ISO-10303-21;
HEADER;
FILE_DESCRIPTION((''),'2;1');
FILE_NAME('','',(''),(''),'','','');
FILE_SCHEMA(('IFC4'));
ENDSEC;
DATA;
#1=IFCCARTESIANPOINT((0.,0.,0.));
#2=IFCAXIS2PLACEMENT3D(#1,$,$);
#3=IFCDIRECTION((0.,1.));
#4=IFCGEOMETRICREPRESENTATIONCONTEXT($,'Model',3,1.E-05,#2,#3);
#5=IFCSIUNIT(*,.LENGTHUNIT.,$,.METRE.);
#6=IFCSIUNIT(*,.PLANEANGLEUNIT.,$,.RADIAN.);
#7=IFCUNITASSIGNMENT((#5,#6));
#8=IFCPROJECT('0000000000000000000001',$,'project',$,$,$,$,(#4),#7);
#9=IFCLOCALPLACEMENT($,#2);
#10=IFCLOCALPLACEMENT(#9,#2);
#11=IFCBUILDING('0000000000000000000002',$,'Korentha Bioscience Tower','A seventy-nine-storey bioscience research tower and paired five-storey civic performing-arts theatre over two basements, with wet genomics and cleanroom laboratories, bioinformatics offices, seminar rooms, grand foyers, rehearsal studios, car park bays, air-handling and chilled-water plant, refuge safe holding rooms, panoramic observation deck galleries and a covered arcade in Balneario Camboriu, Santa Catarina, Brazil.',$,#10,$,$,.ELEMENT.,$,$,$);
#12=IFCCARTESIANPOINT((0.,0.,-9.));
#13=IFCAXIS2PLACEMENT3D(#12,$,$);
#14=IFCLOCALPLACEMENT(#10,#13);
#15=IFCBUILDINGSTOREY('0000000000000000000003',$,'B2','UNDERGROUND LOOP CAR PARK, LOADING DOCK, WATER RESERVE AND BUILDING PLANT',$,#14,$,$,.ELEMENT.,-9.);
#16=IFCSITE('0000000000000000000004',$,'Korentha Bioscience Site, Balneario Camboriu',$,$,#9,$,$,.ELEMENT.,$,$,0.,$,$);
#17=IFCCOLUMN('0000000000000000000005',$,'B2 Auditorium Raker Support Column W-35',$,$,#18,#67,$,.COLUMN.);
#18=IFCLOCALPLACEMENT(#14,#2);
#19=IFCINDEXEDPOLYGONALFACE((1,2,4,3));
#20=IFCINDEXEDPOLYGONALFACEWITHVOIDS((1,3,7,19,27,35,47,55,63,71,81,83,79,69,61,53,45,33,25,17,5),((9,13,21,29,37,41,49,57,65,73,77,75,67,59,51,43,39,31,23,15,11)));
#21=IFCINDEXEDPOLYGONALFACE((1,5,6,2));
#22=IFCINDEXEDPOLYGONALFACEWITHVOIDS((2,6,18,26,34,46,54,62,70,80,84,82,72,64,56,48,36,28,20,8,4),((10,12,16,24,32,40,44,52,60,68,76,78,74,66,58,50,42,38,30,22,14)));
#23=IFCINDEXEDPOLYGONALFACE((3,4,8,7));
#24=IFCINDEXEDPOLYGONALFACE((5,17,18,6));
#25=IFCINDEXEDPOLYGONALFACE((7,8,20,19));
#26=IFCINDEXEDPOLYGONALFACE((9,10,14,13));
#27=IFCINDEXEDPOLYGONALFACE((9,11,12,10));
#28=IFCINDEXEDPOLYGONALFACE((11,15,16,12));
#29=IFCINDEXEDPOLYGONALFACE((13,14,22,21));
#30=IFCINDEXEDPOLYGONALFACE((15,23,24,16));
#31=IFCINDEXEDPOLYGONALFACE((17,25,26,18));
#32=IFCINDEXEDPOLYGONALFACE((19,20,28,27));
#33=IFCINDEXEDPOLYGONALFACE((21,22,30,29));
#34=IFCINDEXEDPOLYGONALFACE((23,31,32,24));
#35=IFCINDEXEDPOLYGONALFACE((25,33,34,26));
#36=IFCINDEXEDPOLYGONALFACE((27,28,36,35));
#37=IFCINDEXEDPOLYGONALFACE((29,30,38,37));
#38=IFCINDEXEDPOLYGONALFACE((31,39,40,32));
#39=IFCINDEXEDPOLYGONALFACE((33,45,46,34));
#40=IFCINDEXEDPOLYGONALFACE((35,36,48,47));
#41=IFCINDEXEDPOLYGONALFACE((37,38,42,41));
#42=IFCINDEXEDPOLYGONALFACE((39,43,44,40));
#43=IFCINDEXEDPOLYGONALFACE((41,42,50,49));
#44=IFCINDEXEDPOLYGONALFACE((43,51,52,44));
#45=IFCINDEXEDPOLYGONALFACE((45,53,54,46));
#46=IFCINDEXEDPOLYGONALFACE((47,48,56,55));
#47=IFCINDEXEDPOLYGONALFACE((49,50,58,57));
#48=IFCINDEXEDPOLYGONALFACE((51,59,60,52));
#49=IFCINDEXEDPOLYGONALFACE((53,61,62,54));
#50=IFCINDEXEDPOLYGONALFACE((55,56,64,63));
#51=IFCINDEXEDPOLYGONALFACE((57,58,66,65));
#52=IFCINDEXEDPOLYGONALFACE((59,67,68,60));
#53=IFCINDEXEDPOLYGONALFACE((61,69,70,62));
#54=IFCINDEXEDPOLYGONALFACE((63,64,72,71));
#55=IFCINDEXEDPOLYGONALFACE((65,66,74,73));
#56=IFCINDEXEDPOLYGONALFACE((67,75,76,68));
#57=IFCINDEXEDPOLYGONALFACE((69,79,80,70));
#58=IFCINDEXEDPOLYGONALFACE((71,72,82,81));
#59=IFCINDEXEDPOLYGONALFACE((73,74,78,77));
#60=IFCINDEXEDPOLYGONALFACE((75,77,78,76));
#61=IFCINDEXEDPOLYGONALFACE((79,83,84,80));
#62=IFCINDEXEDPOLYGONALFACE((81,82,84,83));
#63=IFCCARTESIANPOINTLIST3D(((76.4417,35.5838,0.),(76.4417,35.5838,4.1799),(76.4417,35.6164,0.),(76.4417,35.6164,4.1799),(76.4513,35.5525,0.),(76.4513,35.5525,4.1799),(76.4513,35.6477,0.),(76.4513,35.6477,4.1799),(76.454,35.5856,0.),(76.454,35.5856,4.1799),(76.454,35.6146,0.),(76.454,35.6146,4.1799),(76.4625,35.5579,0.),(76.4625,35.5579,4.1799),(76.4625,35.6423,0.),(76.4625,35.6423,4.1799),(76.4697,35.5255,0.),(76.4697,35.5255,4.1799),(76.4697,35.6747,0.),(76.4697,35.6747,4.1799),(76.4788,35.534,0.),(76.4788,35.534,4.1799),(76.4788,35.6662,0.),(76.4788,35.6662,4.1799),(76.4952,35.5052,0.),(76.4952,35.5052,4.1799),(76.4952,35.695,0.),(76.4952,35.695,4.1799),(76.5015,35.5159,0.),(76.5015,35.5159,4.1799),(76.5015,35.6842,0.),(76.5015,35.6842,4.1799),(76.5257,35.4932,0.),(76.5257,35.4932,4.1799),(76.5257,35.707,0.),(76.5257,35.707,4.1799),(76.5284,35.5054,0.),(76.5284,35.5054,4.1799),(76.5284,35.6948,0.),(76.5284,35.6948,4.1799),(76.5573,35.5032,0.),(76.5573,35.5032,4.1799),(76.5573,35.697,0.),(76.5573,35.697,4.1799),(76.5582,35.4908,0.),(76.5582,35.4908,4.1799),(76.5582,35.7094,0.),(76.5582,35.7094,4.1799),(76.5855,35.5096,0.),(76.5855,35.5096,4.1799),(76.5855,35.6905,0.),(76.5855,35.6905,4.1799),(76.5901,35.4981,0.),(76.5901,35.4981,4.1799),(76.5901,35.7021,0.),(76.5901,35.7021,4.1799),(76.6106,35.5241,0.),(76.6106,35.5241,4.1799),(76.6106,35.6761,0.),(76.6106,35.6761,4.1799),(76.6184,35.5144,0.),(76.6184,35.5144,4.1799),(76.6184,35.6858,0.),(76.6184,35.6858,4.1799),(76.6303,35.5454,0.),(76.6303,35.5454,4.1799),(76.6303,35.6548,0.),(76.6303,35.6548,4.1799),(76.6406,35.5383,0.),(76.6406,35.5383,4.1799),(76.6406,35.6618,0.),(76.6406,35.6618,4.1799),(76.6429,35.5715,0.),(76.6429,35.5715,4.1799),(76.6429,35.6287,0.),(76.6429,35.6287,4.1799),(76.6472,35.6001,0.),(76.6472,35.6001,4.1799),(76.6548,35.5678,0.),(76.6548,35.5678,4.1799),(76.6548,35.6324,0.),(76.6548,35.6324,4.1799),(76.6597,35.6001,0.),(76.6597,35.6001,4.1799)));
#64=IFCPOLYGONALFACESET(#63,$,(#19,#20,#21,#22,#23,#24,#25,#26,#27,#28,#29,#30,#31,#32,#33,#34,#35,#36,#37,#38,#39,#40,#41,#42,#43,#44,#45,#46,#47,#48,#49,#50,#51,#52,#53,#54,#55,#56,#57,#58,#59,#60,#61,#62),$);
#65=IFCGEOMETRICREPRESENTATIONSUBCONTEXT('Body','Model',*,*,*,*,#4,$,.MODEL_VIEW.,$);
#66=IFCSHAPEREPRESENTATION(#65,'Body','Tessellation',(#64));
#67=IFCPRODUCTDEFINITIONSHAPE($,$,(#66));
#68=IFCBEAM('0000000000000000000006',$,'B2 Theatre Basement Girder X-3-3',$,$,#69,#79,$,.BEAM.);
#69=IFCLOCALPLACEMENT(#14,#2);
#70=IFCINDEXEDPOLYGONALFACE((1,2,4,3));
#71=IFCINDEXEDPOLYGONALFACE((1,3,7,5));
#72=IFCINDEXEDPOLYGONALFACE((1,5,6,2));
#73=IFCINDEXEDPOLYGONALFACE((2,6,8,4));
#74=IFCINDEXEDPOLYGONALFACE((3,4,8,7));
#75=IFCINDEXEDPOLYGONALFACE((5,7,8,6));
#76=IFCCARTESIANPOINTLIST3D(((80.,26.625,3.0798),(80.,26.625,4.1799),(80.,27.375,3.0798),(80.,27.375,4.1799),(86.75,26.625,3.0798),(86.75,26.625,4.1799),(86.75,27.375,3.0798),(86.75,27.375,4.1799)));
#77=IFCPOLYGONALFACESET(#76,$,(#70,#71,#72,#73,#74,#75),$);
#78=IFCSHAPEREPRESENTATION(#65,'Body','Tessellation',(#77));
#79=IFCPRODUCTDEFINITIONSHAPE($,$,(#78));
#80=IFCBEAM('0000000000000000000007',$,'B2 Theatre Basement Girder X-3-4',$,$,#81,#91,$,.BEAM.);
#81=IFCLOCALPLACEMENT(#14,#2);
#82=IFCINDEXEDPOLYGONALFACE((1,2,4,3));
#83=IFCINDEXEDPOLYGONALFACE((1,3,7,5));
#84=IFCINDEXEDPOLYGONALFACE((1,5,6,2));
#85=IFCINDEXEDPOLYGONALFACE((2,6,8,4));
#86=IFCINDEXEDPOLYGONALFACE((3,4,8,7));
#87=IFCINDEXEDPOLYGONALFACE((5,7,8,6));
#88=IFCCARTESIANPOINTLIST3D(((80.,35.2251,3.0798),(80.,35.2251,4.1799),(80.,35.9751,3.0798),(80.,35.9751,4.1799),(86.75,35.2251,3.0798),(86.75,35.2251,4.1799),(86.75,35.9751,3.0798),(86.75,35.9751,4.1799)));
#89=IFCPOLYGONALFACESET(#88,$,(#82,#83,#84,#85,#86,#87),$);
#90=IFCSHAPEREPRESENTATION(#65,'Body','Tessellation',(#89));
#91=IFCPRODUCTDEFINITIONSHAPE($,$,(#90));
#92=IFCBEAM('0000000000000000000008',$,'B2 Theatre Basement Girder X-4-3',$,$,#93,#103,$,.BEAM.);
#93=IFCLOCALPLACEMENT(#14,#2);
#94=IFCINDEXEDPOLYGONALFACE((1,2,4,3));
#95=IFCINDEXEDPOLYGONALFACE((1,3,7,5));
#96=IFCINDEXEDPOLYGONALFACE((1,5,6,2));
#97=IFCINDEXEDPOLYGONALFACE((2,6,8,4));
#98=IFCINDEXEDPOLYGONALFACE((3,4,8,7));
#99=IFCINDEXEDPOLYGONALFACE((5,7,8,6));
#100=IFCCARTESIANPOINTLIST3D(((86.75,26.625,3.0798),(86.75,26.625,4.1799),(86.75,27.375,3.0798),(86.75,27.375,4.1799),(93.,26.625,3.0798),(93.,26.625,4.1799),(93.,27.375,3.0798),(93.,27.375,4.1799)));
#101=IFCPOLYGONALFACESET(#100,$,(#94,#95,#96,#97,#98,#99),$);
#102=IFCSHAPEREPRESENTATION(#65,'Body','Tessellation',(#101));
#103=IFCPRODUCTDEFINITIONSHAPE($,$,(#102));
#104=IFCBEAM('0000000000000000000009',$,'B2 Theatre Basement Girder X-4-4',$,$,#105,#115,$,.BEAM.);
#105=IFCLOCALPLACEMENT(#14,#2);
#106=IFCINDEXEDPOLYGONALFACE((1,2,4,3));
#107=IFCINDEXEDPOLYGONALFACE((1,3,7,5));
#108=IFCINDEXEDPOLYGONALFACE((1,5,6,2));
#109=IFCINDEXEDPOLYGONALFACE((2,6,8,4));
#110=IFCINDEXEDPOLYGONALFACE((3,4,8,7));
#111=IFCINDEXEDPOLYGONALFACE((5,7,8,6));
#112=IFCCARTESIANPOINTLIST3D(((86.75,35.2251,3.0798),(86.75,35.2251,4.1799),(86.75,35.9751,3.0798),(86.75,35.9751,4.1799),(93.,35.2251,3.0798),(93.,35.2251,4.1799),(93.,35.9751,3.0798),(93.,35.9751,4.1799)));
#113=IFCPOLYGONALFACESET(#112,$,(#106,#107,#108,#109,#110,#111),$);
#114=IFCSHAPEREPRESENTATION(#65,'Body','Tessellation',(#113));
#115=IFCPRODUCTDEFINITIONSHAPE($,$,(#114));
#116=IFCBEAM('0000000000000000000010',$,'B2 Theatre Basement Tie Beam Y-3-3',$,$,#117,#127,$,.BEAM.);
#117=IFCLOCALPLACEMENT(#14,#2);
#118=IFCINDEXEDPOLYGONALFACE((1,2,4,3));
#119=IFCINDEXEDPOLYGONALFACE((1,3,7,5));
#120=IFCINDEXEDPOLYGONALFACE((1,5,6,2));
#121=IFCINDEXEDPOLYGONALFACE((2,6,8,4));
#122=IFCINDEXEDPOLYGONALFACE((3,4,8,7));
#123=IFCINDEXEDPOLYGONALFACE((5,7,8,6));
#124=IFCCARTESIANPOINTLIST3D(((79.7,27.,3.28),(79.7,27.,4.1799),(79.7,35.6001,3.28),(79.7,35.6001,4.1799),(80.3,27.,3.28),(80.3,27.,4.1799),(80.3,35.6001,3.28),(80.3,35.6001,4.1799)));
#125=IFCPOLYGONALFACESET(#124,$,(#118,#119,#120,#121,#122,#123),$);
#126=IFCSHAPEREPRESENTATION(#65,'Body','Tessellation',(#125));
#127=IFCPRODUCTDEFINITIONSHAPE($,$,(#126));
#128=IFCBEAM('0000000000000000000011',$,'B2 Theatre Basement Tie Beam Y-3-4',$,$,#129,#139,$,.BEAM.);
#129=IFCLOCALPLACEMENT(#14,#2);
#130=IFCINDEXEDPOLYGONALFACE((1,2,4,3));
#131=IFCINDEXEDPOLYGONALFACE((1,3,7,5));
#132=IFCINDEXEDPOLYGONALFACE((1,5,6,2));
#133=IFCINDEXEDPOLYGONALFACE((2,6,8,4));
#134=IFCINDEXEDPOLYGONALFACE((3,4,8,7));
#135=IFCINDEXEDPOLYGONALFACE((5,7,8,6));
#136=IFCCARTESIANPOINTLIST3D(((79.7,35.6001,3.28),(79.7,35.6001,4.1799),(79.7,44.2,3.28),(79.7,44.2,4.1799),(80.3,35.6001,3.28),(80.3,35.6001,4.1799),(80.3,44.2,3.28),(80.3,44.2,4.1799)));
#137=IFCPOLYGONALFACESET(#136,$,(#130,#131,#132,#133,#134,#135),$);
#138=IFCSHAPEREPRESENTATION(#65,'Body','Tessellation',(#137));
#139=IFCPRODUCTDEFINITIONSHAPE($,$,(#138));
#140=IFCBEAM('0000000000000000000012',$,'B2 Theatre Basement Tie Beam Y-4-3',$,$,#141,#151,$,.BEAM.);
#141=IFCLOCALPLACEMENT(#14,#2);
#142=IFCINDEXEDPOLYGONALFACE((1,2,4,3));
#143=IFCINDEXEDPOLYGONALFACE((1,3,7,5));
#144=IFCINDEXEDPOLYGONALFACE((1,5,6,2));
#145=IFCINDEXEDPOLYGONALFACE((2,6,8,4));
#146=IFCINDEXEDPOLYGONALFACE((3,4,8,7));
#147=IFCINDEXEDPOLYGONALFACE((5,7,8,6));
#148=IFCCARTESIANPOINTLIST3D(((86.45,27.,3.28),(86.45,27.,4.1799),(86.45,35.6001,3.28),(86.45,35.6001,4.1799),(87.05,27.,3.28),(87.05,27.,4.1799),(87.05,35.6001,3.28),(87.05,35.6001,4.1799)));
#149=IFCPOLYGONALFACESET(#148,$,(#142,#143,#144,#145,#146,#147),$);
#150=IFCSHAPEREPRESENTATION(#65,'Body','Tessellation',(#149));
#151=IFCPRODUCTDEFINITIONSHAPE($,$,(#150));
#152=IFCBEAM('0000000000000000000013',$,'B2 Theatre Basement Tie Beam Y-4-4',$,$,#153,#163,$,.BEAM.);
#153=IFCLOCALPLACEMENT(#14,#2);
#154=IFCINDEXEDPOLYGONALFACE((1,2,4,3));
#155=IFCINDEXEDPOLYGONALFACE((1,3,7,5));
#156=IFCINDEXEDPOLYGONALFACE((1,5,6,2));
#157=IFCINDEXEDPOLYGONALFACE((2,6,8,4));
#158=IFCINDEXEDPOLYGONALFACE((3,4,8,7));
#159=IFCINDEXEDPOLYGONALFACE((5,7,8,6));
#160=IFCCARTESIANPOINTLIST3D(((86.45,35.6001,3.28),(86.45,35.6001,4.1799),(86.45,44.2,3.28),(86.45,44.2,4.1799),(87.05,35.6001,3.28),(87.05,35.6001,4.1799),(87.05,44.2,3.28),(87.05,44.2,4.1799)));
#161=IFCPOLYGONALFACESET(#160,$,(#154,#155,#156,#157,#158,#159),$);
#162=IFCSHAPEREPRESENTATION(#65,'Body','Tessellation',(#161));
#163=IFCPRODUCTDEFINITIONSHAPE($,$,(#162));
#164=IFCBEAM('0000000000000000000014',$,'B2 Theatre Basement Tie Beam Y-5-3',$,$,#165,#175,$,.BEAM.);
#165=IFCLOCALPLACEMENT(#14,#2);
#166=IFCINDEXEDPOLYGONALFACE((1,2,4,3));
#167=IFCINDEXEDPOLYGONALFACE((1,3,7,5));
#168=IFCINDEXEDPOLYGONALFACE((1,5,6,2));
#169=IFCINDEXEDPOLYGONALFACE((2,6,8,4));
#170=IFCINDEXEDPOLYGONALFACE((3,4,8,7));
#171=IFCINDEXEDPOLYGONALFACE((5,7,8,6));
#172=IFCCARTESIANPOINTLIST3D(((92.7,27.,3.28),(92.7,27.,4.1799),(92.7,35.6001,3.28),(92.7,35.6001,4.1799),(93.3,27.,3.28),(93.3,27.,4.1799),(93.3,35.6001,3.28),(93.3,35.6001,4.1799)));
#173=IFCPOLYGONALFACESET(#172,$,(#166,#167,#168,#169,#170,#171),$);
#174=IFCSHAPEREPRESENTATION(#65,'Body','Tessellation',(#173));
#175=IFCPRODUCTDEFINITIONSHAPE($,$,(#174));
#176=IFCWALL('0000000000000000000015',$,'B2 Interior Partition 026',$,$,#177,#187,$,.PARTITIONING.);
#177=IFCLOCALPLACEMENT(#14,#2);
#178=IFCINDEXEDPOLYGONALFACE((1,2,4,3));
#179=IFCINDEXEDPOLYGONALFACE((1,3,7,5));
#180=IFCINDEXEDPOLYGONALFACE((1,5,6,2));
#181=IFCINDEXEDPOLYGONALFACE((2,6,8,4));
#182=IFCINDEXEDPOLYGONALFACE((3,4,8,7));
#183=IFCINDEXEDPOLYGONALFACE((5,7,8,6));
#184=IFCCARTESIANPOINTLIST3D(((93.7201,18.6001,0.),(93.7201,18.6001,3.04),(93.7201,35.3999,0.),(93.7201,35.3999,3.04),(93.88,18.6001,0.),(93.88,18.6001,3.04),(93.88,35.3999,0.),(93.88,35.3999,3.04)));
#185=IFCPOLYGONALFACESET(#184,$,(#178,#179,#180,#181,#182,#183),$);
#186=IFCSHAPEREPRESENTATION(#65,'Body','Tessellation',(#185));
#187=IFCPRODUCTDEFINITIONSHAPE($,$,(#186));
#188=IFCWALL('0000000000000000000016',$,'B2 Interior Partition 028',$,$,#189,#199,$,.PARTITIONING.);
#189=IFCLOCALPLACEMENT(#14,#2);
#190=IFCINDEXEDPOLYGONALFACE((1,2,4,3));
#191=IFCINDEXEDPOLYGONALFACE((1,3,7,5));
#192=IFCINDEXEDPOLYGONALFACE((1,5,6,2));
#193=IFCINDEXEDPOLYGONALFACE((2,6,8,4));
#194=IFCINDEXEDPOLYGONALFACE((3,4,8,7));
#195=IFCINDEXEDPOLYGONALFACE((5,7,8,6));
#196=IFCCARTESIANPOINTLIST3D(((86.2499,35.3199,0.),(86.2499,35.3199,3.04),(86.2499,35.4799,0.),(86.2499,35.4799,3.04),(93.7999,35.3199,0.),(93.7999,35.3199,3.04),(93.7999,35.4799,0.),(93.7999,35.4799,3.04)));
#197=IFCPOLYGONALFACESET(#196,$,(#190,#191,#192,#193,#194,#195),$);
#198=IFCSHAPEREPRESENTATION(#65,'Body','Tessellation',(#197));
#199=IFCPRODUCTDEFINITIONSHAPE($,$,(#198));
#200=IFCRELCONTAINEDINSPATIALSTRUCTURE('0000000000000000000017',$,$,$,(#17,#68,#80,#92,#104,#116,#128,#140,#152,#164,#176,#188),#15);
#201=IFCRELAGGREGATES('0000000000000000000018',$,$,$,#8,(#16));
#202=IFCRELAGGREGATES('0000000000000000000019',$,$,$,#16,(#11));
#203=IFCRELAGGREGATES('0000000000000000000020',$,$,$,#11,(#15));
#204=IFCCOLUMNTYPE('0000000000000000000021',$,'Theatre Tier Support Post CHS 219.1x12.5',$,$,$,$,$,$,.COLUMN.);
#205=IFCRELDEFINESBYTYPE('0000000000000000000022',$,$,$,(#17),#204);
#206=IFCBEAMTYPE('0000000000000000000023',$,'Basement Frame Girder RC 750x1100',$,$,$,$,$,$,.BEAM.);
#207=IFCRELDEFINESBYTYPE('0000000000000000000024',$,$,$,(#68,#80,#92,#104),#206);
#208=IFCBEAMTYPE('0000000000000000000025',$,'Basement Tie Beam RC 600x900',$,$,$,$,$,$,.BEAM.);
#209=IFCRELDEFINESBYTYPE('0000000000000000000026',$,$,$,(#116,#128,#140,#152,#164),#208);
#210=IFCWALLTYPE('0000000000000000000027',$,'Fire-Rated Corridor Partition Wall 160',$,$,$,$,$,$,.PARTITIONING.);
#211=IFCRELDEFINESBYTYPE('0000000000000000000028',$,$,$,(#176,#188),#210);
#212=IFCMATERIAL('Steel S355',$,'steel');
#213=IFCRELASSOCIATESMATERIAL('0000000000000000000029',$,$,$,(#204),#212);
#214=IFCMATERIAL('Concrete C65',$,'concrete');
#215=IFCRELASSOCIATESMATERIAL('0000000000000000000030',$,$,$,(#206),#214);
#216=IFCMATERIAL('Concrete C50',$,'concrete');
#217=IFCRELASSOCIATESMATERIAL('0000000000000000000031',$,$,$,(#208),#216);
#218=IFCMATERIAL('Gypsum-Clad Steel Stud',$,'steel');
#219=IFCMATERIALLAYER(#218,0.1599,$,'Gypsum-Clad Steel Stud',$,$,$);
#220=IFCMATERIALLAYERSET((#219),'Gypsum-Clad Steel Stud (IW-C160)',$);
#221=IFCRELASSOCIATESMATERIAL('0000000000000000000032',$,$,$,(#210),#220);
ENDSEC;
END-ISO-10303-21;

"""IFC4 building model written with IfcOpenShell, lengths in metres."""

from ifc_helpers import new_model, si_unit, direction, frame, frame_2d, origin, origin_2d, place, context, subcontext, project, spatial, rectangle, hollow_circle, extrude, material, layer, layer_set, material_profile, profile_set, type_object, element, save


model = new_model("IFC4")

# Units and contexts
model_context = context("Model", 3, precision=1e-05, world=origin(), true_north=direction((0.0, 1.0)))
body_context = subcontext(model_context, "Body", "Model", "MODEL_VIEW")
ifc_project = project(units=[si_unit("LENGTHUNIT", "METRE"), si_unit("PLANEANGLEUNIT", "RADIAN")], contexts=[model_context])

# Site, building, storey
site_placement = place(None, origin())
site = spatial("IfcSite", under=ifc_project, at=site_placement, Name="Korentha Bioscience Site, Balneario Camboriu", CompositionType="ELEMENT", RefElevation=0.0)
building_placement = place(site_placement, origin())
building = spatial("IfcBuilding", under=site, at=building_placement, Name="Korentha Bioscience Tower", Description="A seventy-nine-storey bioscience research tower and paired five-storey civic performing-arts theatre over two basements, with wet genomics and cleanroom laboratories, bioinformatics offices, seminar rooms, grand foyers, rehearsal studios, car park bays, air-handling and chilled-water plant, refuge safe holding rooms, panoramic observation deck galleries and a covered arcade in Balneario Camboriu, Santa Catarina, Brazil.", CompositionType="ELEMENT")
storey_placement = place(building_placement, frame((0.0, 0.0, -9.0)))
storey = spatial("IfcBuildingStorey", under=building, at=storey_placement, Name="B2", Description="UNDERGROUND LOOP CAR PARK, LOADING DOCK, WATER RESERVE AND BUILDING PLANT", CompositionType="ELEMENT", Elevation=-9.0)

# Shared definitions
ifc_material_1 = material(Name="Concrete C50", Category="concrete")

# Column
ifc_material_2 = material(Name="Steel S355", Category="steel")
ifc_material_profile_1 = material_profile(ifc_material_2, hollow_circle(Radius=0.1096, WallThickness=0.0125, at=origin_2d()), Name="Steel S355")
ifc_profile_set_1 = profile_set([ifc_material_profile_1], Name="Steel S355 (TC-P219)")
column_type_1 = type_object("IfcColumnType", Name="Theatre Tier Support Post CHS 219.1x12.5", PredefinedType="COLUMN", material=ifc_profile_set_1)
for number, where, z_axis, x_axis, name in (
    (1, (76.55, 35.6001, 0.0), (0.0, 0.0, 1.0), (1.0, 0.0, 0.0), "B2 Auditorium Raker Support Column W-35"),
):
    element("IfcColumn", number, at=place(storey_placement, frame(where, z_axis=z_axis, x_axis=x_axis)), inside=storey, type_object=column_type_1, Name=name, PredefinedType="COLUMN", context=body_context, shape_type="SweptSolid", body=[
        extrude(hollow_circle(Radius=0.1096, WallThickness=0.0125, at=origin_2d()), origin(), (0.0, 0.0, 1.0), 4.1799),
    ])

# Beams
ifc_material_3 = material(Name="Concrete C65", Category="concrete")
ifc_material_profile_2 = material_profile(ifc_material_3, rectangle(XDim=0.75, YDim=1.1001, at=origin_2d()), Name="Concrete C65")
ifc_profile_set_2 = profile_set([ifc_material_profile_2], Name="Concrete C65 (BB-750)")
beam_type_1 = type_object("IfcBeamType", Name="Basement Frame Girder RC 750x1100", PredefinedType="BEAM", material=ifc_profile_set_2)
for number, where, z_axis, x_axis, name in (
    (2, (80.0, 27.0, 3.6299), (1.0, 0.0, 0.0), (0.0, 1.0, 0.0), "B2 Theatre Basement Girder X-3-3"),
    (3, (80.0, 35.6001, 3.6299), (1.0, 0.0, 0.0), (0.0, 1.0, 0.0), "B2 Theatre Basement Girder X-3-4"),
):
    element("IfcBeam", number, at=place(storey_placement, frame(where, z_axis=z_axis, x_axis=x_axis)), inside=storey, type_object=beam_type_1, Name=name, PredefinedType="BEAM", context=body_context, shape_type="SweptSolid", body=[
        extrude(rectangle(XDim=0.75, YDim=1.1001, at=origin_2d()), origin(), (0.0, 0.0, 1.0), 6.75),
    ])
for number, where, z_axis, x_axis, name in (
    (4, (86.75, 27.0, 3.6299), (1.0, 0.0, 0.0), (0.0, 1.0, 0.0), "B2 Theatre Basement Girder X-4-3"),
    (5, (86.75, 35.6001, 3.6299), (1.0, 0.0, 0.0), (0.0, 1.0, 0.0), "B2 Theatre Basement Girder X-4-4"),
):
    element("IfcBeam", number, at=place(storey_placement, frame(where, z_axis=z_axis, x_axis=x_axis)), inside=storey, type_object=beam_type_1, Name=name, PredefinedType="BEAM", context=body_context, shape_type="SweptSolid", body=[
        extrude(rectangle(XDim=0.75, YDim=1.1001, at=origin_2d()), origin(), (0.0, 0.0, 1.0), 6.25),
    ])
ifc_material_profile_3 = material_profile(ifc_material_1, rectangle(XDim=0.6001, YDim=0.8999, at=origin_2d()), Name="Concrete C50")
ifc_profile_set_3 = profile_set([ifc_material_profile_3], Name="Concrete C50 (BB-600)")
beam_type_2 = type_object("IfcBeamType", Name="Basement Tie Beam RC 600x900", PredefinedType="BEAM", material=ifc_profile_set_3)
beam_1_placement = place(storey_placement, frame((80.0, 27.0, 3.73), z_axis=(0.0, 1.0, 0.0), x_axis=(-1.0, 0.0, 0.0)))
element("IfcBeam", 6, at=beam_1_placement, inside=storey, type_object=beam_type_2, Name="B2 Theatre Basement Tie Beam Y-3-3", PredefinedType="BEAM", context=body_context, shape_type="SweptSolid", body=[
    extrude(rectangle(XDim=0.6001, YDim=0.8999, at=origin_2d()), origin(), (0.0, 0.0, 1.0), 8.6001),
])
beam_2_placement = place(storey_placement, frame((80.0, 35.6001, 3.73), z_axis=(0.0, 1.0, 0.0), x_axis=(-1.0, 0.0, 0.0)))
element("IfcBeam", 7, at=beam_2_placement, inside=storey, type_object=beam_type_2, Name="B2 Theatre Basement Tie Beam Y-3-4", PredefinedType="BEAM", context=body_context, shape_type="SweptSolid", body=[
    extrude(rectangle(XDim=0.6001, YDim=0.8999, at=origin_2d()), origin(), (0.0, 0.0, 1.0), 8.5999),
])
beam_3_placement = place(storey_placement, frame((86.75, 27.0, 3.73), z_axis=(0.0, 1.0, 0.0), x_axis=(-1.0, 0.0, 0.0)))
element("IfcBeam", 8, at=beam_3_placement, inside=storey, type_object=beam_type_2, Name="B2 Theatre Basement Tie Beam Y-4-3", PredefinedType="BEAM", context=body_context, shape_type="SweptSolid", body=[
    extrude(rectangle(XDim=0.6001, YDim=0.8999, at=origin_2d()), origin(), (0.0, 0.0, 1.0), 8.6001),
])
beam_4_placement = place(storey_placement, frame((86.75, 35.6001, 3.73), z_axis=(0.0, 1.0, 0.0), x_axis=(-1.0, 0.0, 0.0)))
element("IfcBeam", 9, at=beam_4_placement, inside=storey, type_object=beam_type_2, Name="B2 Theatre Basement Tie Beam Y-4-4", PredefinedType="BEAM", context=body_context, shape_type="SweptSolid", body=[
    extrude(rectangle(XDim=0.6001, YDim=0.8999, at=origin_2d()), origin(), (0.0, 0.0, 1.0), 8.5999),
])
beam_5_placement = place(storey_placement, frame((93.0, 27.0, 3.73), z_axis=(0.0, 1.0, 0.0), x_axis=(-1.0, 0.0, 0.0)))
element("IfcBeam", 10, at=beam_5_placement, inside=storey, type_object=beam_type_2, Name="B2 Theatre Basement Tie Beam Y-5-3", PredefinedType="BEAM", context=body_context, shape_type="SweptSolid", body=[
    extrude(rectangle(XDim=0.6001, YDim=0.8999, at=origin_2d()), origin(), (0.0, 0.0, 1.0), 8.6001),
])

# Walls
ifc_material_4 = material(Name="Gypsum-Clad Steel Stud", Category="steel")
ifc_layer = layer(ifc_material_4, 0.1599, Name="Gypsum-Clad Steel Stud")
ifc_layer_set = layer_set([ifc_layer], Name="Gypsum-Clad Steel Stud (IW-C160)")
wall_type = type_object("IfcWallType", Name="Fire-Rated Corridor Partition Wall 160", PredefinedType="PARTITIONING", material=ifc_layer_set)
wall_1_placement = place(storey_placement, frame((93.8, 35.3999, 0.0), z_axis=(0.0, 0.0, 1.0), x_axis=(0.0, -1.0, 0.0)))
element("IfcWall", 11, at=wall_1_placement, inside=storey, type_object=wall_type, Name="B2 Interior Partition 026", PredefinedType="PARTITIONING", context=body_context, shape_type="SweptSolid", body=[
    extrude(rectangle(XDim=16.7998, YDim=0.1599, at=frame_2d((8.3999, 0.0))), origin(), (0.0, 0.0, 1.0), 3.04),
])
wall_2_placement = place(storey_placement, frame((86.25, 35.3999, 0.0), z_axis=(0.0, 0.0, 1.0), x_axis=(1.0, 0.0, 0.0)))
element("IfcWall", 12, at=wall_2_placement, inside=storey, type_object=wall_type, Name="B2 Interior Partition 028", PredefinedType="PARTITIONING", context=body_context, shape_type="SweptSolid", body=[
    extrude(rectangle(XDim=7.55, YDim=0.1599, at=frame_2d((3.7749, 0.0))), origin(), (0.0, 0.0, 1.0), 3.04),
])

save(model, "model.ifc")
